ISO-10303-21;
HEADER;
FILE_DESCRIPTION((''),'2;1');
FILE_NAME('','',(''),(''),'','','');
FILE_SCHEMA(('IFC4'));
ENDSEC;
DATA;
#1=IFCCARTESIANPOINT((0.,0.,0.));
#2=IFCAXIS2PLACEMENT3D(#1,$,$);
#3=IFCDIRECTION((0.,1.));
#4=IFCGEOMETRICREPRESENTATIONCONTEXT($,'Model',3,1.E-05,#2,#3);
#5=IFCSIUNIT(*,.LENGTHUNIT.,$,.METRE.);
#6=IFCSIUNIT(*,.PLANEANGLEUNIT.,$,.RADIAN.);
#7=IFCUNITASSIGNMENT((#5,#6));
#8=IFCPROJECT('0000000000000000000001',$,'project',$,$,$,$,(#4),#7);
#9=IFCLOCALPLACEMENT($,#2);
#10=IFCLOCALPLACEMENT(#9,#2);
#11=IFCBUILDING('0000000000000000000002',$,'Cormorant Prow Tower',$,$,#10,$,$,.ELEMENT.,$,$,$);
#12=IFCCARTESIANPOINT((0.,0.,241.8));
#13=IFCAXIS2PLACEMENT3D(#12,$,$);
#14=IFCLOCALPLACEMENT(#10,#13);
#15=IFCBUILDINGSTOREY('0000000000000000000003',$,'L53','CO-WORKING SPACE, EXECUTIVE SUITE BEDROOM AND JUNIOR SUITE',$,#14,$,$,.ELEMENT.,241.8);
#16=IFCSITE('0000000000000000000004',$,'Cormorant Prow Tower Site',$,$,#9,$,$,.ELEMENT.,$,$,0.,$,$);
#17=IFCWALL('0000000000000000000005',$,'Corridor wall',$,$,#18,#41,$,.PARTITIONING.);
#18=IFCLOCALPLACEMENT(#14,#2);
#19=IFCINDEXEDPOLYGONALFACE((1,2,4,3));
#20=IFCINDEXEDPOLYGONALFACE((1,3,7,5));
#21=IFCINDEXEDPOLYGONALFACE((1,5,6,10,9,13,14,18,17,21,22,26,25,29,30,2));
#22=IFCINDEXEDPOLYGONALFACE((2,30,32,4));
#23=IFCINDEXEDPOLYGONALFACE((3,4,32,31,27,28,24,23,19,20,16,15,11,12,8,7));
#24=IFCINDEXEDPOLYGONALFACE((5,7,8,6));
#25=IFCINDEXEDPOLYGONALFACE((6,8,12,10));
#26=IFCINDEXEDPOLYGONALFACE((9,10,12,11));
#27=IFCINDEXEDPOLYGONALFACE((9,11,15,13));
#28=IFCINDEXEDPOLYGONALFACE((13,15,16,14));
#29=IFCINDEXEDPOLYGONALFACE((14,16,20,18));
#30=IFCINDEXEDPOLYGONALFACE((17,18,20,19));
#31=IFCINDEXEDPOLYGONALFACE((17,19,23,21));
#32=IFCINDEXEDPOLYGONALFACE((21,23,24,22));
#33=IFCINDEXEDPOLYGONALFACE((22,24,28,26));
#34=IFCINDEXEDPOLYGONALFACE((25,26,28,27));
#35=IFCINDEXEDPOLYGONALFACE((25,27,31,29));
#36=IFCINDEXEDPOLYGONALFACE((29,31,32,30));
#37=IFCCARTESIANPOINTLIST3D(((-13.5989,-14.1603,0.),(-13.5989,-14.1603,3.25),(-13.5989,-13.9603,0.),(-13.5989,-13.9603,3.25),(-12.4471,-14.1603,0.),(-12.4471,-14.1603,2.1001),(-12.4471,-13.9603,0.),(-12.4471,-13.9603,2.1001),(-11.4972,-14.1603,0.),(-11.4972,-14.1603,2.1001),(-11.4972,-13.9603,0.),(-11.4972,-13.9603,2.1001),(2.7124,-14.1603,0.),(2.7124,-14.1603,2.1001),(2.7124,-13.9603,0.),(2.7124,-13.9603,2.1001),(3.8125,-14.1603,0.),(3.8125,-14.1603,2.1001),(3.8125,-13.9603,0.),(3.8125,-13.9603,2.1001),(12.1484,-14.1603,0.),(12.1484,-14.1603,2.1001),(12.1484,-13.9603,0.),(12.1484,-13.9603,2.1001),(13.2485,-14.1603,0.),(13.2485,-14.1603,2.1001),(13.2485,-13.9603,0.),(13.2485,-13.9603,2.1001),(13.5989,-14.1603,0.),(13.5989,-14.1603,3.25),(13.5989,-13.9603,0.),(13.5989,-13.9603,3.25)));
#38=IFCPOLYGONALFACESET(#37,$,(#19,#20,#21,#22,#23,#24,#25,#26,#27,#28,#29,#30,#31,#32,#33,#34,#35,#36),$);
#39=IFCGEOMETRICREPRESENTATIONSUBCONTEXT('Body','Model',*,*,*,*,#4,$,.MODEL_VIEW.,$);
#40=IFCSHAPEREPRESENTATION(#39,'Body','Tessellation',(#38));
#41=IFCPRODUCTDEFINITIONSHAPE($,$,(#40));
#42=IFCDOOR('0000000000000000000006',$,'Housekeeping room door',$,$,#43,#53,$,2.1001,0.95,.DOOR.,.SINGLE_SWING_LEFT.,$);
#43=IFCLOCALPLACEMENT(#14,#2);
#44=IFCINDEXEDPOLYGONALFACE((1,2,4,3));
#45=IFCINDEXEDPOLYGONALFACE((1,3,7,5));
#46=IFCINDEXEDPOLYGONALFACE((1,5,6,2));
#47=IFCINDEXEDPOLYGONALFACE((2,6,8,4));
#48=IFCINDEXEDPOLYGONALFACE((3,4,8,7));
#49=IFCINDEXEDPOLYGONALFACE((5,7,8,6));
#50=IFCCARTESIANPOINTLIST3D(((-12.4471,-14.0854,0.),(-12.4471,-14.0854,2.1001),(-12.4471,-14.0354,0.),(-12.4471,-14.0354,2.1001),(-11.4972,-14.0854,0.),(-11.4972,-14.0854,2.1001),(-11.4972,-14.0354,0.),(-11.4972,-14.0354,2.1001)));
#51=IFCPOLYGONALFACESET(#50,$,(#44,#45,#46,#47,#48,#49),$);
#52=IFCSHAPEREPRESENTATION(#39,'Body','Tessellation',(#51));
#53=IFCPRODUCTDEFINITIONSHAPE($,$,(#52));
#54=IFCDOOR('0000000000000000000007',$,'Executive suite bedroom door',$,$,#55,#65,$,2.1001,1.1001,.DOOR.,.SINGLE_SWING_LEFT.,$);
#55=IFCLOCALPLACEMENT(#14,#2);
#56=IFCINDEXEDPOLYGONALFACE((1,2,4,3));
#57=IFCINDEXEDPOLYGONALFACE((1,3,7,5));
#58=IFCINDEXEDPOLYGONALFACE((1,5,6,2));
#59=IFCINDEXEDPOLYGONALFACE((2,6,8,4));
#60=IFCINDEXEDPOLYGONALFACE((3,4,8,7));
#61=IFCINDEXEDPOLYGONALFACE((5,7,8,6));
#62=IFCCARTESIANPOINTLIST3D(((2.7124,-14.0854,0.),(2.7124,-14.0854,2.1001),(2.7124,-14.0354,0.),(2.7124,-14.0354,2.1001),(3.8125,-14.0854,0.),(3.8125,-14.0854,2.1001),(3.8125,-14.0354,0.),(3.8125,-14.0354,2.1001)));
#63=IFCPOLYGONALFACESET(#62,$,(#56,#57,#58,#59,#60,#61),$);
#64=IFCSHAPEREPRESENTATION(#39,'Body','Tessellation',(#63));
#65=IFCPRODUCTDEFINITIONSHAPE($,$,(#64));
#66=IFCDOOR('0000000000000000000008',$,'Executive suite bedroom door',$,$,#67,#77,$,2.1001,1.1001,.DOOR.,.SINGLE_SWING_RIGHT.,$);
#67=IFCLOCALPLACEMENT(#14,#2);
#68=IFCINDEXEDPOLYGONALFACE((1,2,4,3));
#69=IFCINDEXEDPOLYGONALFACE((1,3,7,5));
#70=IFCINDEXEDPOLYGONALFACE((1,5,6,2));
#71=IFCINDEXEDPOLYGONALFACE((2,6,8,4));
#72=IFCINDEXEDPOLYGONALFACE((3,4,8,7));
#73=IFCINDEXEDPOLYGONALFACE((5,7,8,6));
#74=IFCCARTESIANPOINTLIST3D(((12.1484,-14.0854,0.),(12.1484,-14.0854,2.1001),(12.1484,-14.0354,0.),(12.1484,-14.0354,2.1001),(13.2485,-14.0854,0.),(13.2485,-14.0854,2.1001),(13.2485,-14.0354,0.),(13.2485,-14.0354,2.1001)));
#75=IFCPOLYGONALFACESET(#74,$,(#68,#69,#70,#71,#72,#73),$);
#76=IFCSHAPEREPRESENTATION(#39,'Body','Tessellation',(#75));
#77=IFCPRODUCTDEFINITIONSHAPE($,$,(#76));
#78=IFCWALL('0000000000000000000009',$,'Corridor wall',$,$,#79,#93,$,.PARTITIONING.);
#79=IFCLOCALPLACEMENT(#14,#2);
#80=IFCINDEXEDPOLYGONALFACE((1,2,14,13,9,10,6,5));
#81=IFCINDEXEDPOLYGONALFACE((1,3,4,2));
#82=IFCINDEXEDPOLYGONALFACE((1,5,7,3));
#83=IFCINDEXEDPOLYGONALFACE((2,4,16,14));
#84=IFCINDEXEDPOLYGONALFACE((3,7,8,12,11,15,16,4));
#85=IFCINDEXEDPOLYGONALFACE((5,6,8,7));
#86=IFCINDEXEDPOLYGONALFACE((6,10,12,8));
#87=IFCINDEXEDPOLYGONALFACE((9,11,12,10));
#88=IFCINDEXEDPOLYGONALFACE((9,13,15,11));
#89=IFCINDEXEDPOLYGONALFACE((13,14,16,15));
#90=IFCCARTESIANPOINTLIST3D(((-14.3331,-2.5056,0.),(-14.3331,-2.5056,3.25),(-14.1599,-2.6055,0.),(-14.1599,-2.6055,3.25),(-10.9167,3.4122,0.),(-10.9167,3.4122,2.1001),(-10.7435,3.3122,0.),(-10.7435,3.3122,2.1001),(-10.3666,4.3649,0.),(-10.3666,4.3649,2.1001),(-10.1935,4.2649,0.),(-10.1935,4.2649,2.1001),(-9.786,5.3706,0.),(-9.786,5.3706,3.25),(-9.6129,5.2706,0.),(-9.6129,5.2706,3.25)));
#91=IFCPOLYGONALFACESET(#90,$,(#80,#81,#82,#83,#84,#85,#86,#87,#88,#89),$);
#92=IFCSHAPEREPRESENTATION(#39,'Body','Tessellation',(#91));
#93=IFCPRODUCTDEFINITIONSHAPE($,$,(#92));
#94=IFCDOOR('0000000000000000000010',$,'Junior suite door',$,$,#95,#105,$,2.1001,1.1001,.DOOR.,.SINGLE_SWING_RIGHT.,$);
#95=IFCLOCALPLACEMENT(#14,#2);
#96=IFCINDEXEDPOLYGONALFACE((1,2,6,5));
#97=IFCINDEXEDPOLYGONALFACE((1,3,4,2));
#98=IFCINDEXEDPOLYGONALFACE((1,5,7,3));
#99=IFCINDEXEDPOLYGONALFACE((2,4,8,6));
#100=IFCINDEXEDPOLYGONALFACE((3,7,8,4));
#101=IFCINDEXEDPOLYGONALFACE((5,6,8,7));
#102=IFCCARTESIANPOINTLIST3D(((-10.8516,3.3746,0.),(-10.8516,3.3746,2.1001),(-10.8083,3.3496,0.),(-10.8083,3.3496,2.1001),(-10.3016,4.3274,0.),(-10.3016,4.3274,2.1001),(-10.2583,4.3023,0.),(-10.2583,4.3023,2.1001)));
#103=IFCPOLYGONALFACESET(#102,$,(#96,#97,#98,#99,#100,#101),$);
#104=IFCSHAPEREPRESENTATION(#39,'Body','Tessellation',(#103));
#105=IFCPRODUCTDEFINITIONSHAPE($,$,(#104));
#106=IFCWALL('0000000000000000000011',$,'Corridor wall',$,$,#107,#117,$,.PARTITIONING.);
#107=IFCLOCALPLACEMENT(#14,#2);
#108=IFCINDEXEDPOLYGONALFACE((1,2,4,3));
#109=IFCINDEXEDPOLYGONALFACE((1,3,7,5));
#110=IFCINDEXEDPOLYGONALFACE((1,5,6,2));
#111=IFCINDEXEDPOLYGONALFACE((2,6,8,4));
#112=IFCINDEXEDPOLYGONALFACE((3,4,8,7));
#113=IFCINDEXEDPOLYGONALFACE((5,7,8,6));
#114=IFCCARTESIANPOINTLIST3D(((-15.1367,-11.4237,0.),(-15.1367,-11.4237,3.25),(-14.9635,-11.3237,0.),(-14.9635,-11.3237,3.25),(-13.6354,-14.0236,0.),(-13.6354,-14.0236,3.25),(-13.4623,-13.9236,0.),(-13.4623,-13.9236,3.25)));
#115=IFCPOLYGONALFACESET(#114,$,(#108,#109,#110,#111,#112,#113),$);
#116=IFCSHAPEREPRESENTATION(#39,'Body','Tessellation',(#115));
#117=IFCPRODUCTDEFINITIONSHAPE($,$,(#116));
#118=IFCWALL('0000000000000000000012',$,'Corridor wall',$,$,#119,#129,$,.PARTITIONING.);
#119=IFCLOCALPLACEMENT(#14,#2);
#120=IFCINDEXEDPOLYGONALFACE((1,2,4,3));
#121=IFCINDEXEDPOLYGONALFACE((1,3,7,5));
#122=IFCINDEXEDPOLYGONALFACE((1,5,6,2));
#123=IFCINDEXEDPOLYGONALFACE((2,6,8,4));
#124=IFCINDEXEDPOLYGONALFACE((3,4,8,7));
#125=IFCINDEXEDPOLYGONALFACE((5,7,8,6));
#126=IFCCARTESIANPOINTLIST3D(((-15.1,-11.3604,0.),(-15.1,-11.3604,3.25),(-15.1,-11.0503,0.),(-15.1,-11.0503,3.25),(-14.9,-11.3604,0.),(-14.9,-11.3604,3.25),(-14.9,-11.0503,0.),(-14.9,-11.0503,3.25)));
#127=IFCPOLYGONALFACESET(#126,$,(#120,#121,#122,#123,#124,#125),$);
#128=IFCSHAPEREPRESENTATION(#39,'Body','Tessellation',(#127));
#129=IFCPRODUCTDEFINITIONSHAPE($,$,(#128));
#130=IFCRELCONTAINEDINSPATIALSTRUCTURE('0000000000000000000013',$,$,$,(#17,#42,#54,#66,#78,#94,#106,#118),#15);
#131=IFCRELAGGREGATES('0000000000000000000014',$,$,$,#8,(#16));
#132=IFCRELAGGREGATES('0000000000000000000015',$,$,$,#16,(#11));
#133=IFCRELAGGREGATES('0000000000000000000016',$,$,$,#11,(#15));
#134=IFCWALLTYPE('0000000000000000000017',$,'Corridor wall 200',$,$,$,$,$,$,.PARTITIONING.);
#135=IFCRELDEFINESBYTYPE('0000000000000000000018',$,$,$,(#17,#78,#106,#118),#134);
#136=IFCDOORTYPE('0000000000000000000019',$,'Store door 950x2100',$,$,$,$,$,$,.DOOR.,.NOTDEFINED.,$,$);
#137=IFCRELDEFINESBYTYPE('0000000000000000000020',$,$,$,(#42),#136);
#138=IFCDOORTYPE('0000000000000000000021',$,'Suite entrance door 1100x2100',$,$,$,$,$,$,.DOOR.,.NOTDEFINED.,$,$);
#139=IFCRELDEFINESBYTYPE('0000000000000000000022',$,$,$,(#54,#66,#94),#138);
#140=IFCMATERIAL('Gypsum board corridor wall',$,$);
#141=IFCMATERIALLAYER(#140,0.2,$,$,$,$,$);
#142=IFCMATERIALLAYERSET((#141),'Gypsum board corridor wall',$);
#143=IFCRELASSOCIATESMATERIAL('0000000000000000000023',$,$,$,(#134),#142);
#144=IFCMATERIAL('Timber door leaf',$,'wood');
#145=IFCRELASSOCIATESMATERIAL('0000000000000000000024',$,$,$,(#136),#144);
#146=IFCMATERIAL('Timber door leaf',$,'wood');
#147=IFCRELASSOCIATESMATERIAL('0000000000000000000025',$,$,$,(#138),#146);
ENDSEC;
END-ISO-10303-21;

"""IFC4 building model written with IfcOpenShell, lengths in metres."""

from ifc_helpers import new_model, si_unit, direction, frame, frame_2d, origin, place, context, subcontext, project, spatial, rectangle, extrude, material, layer, layer_set, type_object, element, fill, save


model = new_model("IFC4")

# Units and contexts
model_context = context("Model", 3, precision=1e-05, world=origin(), true_north=direction((0.0, 1.0)))
body_context = subcontext(model_context, "Body", "Model", "MODEL_VIEW")
ifc_project = project(units=[si_unit("LENGTHUNIT", "METRE"), si_unit("PLANEANGLEUNIT", "RADIAN")], contexts=[model_context])

# Site, building, storey
site_placement = place(None, origin())
site = spatial("IfcSite", under=ifc_project, at=site_placement, Name="Cormorant Prow Tower Site", CompositionType="ELEMENT", RefElevation=0.0)
building_placement = place(site_placement, origin())
building = spatial("IfcBuilding", under=site, at=building_placement, Name="Cormorant Prow Tower", CompositionType="ELEMENT")
storey_placement = place(building_placement, frame((0.0, 0.0, 241.8)))
storey = spatial("IfcBuildingStorey", under=building, at=storey_placement, Name="L53", Description="CO-WORKING SPACE, EXECUTIVE SUITE BEDROOM AND JUNIOR SUITE", CompositionType="ELEMENT", Elevation=241.8)

# Wall, openings, doors
ifc_material_1 = material(Name="Gypsum board corridor wall")
ifc_layer_1 = layer(ifc_material_1, 0.2)
ifc_layer_set_1 = layer_set([ifc_layer_1], Name="Gypsum board corridor wall")
wall_type_1 = type_object("IfcWallType", Name="Corridor wall 200", PredefinedType="PARTITIONING", material=ifc_layer_set_1)
wall_1_placement = place(storey_placement, frame((-13.5989, -14.0603, 0.0), z_axis=(0.0, 0.0, 1.0), x_axis=(1.0, 0.0, 0.0)))
wall_1 = element("IfcWall", 1, at=wall_1_placement, inside=storey, type_object=wall_type_1, Name="Corridor wall", PredefinedType="PARTITIONING", context=body_context, shape_type="SweptSolid", body=[
    extrude(rectangle(XDim=27.1978, YDim=0.2, at=frame_2d((13.5989, 0.0))), origin(), (0.0, 0.0, 1.0), 3.25),
])
opening_1_placement = place(wall_1_placement, frame((1.1516, 0.0, 0.0)))
opening_1 = element("IfcOpeningElement", 2, at=opening_1_placement, cuts=wall_1, PredefinedType="OPENING", context=body_context, shape_type="SweptSolid", body=[
    extrude(rectangle(XDim=0.95, YDim=2.1001, at=frame_2d((0.4751, 1.05))), frame((0.0, 0.1099, 0.0), z_axis=(0.0, -1.0, 0.0), x_axis=(1.0, 0.0, 0.0)), (0.0, 0.0, 1.0), 0.22),
])
opening_2_placement = place(wall_1_placement, frame((16.3113, 0.0, 0.0)))
opening_2 = element("IfcOpeningElement", 3, at=opening_2_placement, cuts=wall_1, PredefinedType="OPENING", context=body_context, shape_type="SweptSolid", body=[
    extrude(rectangle(XDim=1.1001, YDim=2.1001, at=frame_2d((0.55, 1.05))), frame((0.0, 0.1099, 0.0), z_axis=(0.0, -1.0, 0.0), x_axis=(1.0, 0.0, 0.0)), (0.0, 0.0, 1.0), 0.22),
])
opening_3_placement = place(wall_1_placement, frame((25.7473, 0.0, 0.0)))
opening_3 = element("IfcOpeningElement", 4, at=opening_3_placement, cuts=wall_1, PredefinedType="OPENING", context=body_context, shape_type="SweptSolid", body=[
    extrude(rectangle(XDim=1.1001, YDim=2.1001, at=frame_2d((0.55, 1.05))), frame((0.0, 0.1099, 0.0), z_axis=(0.0, -1.0, 0.0), x_axis=(1.0, 0.0, 0.0)), (0.0, 0.0, 1.0), 0.22),
])
ifc_material_2 = material(Name="Timber door leaf", Category="wood")
door_type_1 = type_object("IfcDoorType", Name="Store door 950x2100", OperationType="NOTDEFINED", PredefinedType="DOOR", material=ifc_material_2)
door_1_placement = place(opening_1_placement, origin())
door_1 = element("IfcDoor", 5, at=door_1_placement, inside=storey, type_object=door_type_1, Name="Housekeeping room door", OperationType="SINGLE_SWING_LEFT", OverallHeight=2.1001, OverallWidth=0.95, PredefinedType="DOOR", context=body_context, shape_type="SweptSolid", body=[
    extrude(rectangle(XDim=0.95, YDim=2.1001, at=frame_2d((0.4751, 1.05))), frame((0.0, 0.0249, 0.0), z_axis=(0.0, -1.0, 0.0), x_axis=(1.0, 0.0, 0.0)), (0.0, 0.0, 1.0), 0.05),
])
fill(opening_1, door_1)
ifc_material_3 = material(Name="Timber door leaf", Category="wood")
door_type_2 = type_object("IfcDoorType", Name="Suite entrance door 1100x2100", OperationType="NOTDEFINED", PredefinedType="DOOR", material=ifc_material_3)
door_2_placement = place(opening_2_placement, origin())
door_2 = element("IfcDoor", 6, at=door_2_placement, inside=storey, type_object=door_type_2, Name="Executive suite bedroom door", OperationType="SINGLE_SWING_LEFT", OverallHeight=2.1001, OverallWidth=1.1001, PredefinedType="DOOR", context=body_context, shape_type="SweptSolid", body=[
    extrude(rectangle(XDim=1.1001, YDim=2.1001, at=frame_2d((0.55, 1.05))), frame((0.0, 0.0249, 0.0), z_axis=(0.0, -1.0, 0.0), x_axis=(1.0, 0.0, 0.0)), (0.0, 0.0, 1.0), 0.05),
])
fill(opening_2, door_2)
door_3_placement = place(opening_3_placement, origin())
door_3 = element("IfcDoor", 7, at=door_3_placement, inside=storey, type_object=door_type_2, Name="Executive suite bedroom door", OperationType="SINGLE_SWING_RIGHT", OverallHeight=2.1001, OverallWidth=1.1001, PredefinedType="DOOR", context=body_context, shape_type="SweptSolid", body=[
    extrude(rectangle(XDim=1.1001, YDim=2.1001, at=frame_2d((0.55, 1.05))), frame((0.0, 0.0249, 0.0), z_axis=(0.0, -1.0, 0.0), x_axis=(1.0, 0.0, 0.0)), (0.0, 0.0, 1.0), 0.05),
])
fill(opening_3, door_3)

# Wall, opening, door
wall_2_placement = place(storey_placement, frame((-14.2466, -2.5557, 0.0), z_axis=(0.0, 0.0, 1.0), x_axis=(0.499982, 0.866036, 0.0)))
wall_2 = element("IfcWall", 8, at=wall_2_placement, inside=storey, type_object=wall_type_1, Name="Corridor wall", PredefinedType="PARTITIONING", context=body_context, shape_type="SweptSolid", body=[
    extrude(rectangle(XDim=9.0945, YDim=0.2, at=frame_2d((4.5474, 0.0))), origin(), (0.0, 0.0, 1.0), 3.25),
])
opening_4_placement = place(wall_2_placement, frame((6.8333, 0.0, 0.0)))
opening_4 = element("IfcOpeningElement", 9, at=opening_4_placement, cuts=wall_2, PredefinedType="OPENING", context=body_context, shape_type="SweptSolid", body=[
    extrude(rectangle(XDim=1.1001, YDim=2.1001, at=frame_2d((0.55, 1.05))), frame((0.0, 0.1099, 0.0), z_axis=(0.0, -1.0, 0.0), x_axis=(1.0, 0.0, 0.0)), (0.0, 0.0, 1.0), 0.22),
])
door_4_placement = place(opening_4_placement, origin())
door_4 = element("IfcDoor", 10, at=door_4_placement, inside=storey, type_object=door_type_2, Name="Junior suite door", OperationType="SINGLE_SWING_RIGHT", OverallHeight=2.1001, OverallWidth=1.1001, PredefinedType="DOOR", context=body_context, shape_type="SweptSolid", body=[
    extrude(rectangle(XDim=1.1001, YDim=2.1001, at=frame_2d((0.55, 1.05))), frame((0.0, 0.0249, 0.0), z_axis=(0.0, -1.0, 0.0), x_axis=(1.0, 0.0, 0.0)), (0.0, 0.0, 1.0), 0.05),
])
fill(opening_4, door_4)

# Walls
wall_3_placement = place(storey_placement, frame((-15.05, -11.3738, 0.0), z_axis=(0.0, 0.0, 1.0), x_axis=(0.500049, -0.865997, 0.0)))
element("IfcWall", 11, at=wall_3_placement, inside=storey, type_object=wall_type_1, Name="Corridor wall", PredefinedType="PARTITIONING", context=body_context, shape_type="SweptSolid", body=[
    extrude(rectangle(XDim=3.0022, YDim=0.2, at=frame_2d((1.501, 0.0))), origin(), (0.0, 0.0, 1.0), 3.25),
])
wall_4_placement = place(storey_placement, frame((-15.0, -11.3604, 0.0), z_axis=(0.0, 0.0, 1.0), x_axis=(0.0, 1.0, 0.0)))
element("IfcWall", 12, at=wall_4_placement, inside=storey, type_object=wall_type_1, Name="Corridor wall", PredefinedType="PARTITIONING", context=body_context, shape_type="SweptSolid", body=[
    extrude(rectangle(XDim=0.3101, YDim=0.2, at=frame_2d((0.155, 0.0))), origin(), (0.0, 0.0, 1.0), 3.25),
])

save(model, "model.ifc")
